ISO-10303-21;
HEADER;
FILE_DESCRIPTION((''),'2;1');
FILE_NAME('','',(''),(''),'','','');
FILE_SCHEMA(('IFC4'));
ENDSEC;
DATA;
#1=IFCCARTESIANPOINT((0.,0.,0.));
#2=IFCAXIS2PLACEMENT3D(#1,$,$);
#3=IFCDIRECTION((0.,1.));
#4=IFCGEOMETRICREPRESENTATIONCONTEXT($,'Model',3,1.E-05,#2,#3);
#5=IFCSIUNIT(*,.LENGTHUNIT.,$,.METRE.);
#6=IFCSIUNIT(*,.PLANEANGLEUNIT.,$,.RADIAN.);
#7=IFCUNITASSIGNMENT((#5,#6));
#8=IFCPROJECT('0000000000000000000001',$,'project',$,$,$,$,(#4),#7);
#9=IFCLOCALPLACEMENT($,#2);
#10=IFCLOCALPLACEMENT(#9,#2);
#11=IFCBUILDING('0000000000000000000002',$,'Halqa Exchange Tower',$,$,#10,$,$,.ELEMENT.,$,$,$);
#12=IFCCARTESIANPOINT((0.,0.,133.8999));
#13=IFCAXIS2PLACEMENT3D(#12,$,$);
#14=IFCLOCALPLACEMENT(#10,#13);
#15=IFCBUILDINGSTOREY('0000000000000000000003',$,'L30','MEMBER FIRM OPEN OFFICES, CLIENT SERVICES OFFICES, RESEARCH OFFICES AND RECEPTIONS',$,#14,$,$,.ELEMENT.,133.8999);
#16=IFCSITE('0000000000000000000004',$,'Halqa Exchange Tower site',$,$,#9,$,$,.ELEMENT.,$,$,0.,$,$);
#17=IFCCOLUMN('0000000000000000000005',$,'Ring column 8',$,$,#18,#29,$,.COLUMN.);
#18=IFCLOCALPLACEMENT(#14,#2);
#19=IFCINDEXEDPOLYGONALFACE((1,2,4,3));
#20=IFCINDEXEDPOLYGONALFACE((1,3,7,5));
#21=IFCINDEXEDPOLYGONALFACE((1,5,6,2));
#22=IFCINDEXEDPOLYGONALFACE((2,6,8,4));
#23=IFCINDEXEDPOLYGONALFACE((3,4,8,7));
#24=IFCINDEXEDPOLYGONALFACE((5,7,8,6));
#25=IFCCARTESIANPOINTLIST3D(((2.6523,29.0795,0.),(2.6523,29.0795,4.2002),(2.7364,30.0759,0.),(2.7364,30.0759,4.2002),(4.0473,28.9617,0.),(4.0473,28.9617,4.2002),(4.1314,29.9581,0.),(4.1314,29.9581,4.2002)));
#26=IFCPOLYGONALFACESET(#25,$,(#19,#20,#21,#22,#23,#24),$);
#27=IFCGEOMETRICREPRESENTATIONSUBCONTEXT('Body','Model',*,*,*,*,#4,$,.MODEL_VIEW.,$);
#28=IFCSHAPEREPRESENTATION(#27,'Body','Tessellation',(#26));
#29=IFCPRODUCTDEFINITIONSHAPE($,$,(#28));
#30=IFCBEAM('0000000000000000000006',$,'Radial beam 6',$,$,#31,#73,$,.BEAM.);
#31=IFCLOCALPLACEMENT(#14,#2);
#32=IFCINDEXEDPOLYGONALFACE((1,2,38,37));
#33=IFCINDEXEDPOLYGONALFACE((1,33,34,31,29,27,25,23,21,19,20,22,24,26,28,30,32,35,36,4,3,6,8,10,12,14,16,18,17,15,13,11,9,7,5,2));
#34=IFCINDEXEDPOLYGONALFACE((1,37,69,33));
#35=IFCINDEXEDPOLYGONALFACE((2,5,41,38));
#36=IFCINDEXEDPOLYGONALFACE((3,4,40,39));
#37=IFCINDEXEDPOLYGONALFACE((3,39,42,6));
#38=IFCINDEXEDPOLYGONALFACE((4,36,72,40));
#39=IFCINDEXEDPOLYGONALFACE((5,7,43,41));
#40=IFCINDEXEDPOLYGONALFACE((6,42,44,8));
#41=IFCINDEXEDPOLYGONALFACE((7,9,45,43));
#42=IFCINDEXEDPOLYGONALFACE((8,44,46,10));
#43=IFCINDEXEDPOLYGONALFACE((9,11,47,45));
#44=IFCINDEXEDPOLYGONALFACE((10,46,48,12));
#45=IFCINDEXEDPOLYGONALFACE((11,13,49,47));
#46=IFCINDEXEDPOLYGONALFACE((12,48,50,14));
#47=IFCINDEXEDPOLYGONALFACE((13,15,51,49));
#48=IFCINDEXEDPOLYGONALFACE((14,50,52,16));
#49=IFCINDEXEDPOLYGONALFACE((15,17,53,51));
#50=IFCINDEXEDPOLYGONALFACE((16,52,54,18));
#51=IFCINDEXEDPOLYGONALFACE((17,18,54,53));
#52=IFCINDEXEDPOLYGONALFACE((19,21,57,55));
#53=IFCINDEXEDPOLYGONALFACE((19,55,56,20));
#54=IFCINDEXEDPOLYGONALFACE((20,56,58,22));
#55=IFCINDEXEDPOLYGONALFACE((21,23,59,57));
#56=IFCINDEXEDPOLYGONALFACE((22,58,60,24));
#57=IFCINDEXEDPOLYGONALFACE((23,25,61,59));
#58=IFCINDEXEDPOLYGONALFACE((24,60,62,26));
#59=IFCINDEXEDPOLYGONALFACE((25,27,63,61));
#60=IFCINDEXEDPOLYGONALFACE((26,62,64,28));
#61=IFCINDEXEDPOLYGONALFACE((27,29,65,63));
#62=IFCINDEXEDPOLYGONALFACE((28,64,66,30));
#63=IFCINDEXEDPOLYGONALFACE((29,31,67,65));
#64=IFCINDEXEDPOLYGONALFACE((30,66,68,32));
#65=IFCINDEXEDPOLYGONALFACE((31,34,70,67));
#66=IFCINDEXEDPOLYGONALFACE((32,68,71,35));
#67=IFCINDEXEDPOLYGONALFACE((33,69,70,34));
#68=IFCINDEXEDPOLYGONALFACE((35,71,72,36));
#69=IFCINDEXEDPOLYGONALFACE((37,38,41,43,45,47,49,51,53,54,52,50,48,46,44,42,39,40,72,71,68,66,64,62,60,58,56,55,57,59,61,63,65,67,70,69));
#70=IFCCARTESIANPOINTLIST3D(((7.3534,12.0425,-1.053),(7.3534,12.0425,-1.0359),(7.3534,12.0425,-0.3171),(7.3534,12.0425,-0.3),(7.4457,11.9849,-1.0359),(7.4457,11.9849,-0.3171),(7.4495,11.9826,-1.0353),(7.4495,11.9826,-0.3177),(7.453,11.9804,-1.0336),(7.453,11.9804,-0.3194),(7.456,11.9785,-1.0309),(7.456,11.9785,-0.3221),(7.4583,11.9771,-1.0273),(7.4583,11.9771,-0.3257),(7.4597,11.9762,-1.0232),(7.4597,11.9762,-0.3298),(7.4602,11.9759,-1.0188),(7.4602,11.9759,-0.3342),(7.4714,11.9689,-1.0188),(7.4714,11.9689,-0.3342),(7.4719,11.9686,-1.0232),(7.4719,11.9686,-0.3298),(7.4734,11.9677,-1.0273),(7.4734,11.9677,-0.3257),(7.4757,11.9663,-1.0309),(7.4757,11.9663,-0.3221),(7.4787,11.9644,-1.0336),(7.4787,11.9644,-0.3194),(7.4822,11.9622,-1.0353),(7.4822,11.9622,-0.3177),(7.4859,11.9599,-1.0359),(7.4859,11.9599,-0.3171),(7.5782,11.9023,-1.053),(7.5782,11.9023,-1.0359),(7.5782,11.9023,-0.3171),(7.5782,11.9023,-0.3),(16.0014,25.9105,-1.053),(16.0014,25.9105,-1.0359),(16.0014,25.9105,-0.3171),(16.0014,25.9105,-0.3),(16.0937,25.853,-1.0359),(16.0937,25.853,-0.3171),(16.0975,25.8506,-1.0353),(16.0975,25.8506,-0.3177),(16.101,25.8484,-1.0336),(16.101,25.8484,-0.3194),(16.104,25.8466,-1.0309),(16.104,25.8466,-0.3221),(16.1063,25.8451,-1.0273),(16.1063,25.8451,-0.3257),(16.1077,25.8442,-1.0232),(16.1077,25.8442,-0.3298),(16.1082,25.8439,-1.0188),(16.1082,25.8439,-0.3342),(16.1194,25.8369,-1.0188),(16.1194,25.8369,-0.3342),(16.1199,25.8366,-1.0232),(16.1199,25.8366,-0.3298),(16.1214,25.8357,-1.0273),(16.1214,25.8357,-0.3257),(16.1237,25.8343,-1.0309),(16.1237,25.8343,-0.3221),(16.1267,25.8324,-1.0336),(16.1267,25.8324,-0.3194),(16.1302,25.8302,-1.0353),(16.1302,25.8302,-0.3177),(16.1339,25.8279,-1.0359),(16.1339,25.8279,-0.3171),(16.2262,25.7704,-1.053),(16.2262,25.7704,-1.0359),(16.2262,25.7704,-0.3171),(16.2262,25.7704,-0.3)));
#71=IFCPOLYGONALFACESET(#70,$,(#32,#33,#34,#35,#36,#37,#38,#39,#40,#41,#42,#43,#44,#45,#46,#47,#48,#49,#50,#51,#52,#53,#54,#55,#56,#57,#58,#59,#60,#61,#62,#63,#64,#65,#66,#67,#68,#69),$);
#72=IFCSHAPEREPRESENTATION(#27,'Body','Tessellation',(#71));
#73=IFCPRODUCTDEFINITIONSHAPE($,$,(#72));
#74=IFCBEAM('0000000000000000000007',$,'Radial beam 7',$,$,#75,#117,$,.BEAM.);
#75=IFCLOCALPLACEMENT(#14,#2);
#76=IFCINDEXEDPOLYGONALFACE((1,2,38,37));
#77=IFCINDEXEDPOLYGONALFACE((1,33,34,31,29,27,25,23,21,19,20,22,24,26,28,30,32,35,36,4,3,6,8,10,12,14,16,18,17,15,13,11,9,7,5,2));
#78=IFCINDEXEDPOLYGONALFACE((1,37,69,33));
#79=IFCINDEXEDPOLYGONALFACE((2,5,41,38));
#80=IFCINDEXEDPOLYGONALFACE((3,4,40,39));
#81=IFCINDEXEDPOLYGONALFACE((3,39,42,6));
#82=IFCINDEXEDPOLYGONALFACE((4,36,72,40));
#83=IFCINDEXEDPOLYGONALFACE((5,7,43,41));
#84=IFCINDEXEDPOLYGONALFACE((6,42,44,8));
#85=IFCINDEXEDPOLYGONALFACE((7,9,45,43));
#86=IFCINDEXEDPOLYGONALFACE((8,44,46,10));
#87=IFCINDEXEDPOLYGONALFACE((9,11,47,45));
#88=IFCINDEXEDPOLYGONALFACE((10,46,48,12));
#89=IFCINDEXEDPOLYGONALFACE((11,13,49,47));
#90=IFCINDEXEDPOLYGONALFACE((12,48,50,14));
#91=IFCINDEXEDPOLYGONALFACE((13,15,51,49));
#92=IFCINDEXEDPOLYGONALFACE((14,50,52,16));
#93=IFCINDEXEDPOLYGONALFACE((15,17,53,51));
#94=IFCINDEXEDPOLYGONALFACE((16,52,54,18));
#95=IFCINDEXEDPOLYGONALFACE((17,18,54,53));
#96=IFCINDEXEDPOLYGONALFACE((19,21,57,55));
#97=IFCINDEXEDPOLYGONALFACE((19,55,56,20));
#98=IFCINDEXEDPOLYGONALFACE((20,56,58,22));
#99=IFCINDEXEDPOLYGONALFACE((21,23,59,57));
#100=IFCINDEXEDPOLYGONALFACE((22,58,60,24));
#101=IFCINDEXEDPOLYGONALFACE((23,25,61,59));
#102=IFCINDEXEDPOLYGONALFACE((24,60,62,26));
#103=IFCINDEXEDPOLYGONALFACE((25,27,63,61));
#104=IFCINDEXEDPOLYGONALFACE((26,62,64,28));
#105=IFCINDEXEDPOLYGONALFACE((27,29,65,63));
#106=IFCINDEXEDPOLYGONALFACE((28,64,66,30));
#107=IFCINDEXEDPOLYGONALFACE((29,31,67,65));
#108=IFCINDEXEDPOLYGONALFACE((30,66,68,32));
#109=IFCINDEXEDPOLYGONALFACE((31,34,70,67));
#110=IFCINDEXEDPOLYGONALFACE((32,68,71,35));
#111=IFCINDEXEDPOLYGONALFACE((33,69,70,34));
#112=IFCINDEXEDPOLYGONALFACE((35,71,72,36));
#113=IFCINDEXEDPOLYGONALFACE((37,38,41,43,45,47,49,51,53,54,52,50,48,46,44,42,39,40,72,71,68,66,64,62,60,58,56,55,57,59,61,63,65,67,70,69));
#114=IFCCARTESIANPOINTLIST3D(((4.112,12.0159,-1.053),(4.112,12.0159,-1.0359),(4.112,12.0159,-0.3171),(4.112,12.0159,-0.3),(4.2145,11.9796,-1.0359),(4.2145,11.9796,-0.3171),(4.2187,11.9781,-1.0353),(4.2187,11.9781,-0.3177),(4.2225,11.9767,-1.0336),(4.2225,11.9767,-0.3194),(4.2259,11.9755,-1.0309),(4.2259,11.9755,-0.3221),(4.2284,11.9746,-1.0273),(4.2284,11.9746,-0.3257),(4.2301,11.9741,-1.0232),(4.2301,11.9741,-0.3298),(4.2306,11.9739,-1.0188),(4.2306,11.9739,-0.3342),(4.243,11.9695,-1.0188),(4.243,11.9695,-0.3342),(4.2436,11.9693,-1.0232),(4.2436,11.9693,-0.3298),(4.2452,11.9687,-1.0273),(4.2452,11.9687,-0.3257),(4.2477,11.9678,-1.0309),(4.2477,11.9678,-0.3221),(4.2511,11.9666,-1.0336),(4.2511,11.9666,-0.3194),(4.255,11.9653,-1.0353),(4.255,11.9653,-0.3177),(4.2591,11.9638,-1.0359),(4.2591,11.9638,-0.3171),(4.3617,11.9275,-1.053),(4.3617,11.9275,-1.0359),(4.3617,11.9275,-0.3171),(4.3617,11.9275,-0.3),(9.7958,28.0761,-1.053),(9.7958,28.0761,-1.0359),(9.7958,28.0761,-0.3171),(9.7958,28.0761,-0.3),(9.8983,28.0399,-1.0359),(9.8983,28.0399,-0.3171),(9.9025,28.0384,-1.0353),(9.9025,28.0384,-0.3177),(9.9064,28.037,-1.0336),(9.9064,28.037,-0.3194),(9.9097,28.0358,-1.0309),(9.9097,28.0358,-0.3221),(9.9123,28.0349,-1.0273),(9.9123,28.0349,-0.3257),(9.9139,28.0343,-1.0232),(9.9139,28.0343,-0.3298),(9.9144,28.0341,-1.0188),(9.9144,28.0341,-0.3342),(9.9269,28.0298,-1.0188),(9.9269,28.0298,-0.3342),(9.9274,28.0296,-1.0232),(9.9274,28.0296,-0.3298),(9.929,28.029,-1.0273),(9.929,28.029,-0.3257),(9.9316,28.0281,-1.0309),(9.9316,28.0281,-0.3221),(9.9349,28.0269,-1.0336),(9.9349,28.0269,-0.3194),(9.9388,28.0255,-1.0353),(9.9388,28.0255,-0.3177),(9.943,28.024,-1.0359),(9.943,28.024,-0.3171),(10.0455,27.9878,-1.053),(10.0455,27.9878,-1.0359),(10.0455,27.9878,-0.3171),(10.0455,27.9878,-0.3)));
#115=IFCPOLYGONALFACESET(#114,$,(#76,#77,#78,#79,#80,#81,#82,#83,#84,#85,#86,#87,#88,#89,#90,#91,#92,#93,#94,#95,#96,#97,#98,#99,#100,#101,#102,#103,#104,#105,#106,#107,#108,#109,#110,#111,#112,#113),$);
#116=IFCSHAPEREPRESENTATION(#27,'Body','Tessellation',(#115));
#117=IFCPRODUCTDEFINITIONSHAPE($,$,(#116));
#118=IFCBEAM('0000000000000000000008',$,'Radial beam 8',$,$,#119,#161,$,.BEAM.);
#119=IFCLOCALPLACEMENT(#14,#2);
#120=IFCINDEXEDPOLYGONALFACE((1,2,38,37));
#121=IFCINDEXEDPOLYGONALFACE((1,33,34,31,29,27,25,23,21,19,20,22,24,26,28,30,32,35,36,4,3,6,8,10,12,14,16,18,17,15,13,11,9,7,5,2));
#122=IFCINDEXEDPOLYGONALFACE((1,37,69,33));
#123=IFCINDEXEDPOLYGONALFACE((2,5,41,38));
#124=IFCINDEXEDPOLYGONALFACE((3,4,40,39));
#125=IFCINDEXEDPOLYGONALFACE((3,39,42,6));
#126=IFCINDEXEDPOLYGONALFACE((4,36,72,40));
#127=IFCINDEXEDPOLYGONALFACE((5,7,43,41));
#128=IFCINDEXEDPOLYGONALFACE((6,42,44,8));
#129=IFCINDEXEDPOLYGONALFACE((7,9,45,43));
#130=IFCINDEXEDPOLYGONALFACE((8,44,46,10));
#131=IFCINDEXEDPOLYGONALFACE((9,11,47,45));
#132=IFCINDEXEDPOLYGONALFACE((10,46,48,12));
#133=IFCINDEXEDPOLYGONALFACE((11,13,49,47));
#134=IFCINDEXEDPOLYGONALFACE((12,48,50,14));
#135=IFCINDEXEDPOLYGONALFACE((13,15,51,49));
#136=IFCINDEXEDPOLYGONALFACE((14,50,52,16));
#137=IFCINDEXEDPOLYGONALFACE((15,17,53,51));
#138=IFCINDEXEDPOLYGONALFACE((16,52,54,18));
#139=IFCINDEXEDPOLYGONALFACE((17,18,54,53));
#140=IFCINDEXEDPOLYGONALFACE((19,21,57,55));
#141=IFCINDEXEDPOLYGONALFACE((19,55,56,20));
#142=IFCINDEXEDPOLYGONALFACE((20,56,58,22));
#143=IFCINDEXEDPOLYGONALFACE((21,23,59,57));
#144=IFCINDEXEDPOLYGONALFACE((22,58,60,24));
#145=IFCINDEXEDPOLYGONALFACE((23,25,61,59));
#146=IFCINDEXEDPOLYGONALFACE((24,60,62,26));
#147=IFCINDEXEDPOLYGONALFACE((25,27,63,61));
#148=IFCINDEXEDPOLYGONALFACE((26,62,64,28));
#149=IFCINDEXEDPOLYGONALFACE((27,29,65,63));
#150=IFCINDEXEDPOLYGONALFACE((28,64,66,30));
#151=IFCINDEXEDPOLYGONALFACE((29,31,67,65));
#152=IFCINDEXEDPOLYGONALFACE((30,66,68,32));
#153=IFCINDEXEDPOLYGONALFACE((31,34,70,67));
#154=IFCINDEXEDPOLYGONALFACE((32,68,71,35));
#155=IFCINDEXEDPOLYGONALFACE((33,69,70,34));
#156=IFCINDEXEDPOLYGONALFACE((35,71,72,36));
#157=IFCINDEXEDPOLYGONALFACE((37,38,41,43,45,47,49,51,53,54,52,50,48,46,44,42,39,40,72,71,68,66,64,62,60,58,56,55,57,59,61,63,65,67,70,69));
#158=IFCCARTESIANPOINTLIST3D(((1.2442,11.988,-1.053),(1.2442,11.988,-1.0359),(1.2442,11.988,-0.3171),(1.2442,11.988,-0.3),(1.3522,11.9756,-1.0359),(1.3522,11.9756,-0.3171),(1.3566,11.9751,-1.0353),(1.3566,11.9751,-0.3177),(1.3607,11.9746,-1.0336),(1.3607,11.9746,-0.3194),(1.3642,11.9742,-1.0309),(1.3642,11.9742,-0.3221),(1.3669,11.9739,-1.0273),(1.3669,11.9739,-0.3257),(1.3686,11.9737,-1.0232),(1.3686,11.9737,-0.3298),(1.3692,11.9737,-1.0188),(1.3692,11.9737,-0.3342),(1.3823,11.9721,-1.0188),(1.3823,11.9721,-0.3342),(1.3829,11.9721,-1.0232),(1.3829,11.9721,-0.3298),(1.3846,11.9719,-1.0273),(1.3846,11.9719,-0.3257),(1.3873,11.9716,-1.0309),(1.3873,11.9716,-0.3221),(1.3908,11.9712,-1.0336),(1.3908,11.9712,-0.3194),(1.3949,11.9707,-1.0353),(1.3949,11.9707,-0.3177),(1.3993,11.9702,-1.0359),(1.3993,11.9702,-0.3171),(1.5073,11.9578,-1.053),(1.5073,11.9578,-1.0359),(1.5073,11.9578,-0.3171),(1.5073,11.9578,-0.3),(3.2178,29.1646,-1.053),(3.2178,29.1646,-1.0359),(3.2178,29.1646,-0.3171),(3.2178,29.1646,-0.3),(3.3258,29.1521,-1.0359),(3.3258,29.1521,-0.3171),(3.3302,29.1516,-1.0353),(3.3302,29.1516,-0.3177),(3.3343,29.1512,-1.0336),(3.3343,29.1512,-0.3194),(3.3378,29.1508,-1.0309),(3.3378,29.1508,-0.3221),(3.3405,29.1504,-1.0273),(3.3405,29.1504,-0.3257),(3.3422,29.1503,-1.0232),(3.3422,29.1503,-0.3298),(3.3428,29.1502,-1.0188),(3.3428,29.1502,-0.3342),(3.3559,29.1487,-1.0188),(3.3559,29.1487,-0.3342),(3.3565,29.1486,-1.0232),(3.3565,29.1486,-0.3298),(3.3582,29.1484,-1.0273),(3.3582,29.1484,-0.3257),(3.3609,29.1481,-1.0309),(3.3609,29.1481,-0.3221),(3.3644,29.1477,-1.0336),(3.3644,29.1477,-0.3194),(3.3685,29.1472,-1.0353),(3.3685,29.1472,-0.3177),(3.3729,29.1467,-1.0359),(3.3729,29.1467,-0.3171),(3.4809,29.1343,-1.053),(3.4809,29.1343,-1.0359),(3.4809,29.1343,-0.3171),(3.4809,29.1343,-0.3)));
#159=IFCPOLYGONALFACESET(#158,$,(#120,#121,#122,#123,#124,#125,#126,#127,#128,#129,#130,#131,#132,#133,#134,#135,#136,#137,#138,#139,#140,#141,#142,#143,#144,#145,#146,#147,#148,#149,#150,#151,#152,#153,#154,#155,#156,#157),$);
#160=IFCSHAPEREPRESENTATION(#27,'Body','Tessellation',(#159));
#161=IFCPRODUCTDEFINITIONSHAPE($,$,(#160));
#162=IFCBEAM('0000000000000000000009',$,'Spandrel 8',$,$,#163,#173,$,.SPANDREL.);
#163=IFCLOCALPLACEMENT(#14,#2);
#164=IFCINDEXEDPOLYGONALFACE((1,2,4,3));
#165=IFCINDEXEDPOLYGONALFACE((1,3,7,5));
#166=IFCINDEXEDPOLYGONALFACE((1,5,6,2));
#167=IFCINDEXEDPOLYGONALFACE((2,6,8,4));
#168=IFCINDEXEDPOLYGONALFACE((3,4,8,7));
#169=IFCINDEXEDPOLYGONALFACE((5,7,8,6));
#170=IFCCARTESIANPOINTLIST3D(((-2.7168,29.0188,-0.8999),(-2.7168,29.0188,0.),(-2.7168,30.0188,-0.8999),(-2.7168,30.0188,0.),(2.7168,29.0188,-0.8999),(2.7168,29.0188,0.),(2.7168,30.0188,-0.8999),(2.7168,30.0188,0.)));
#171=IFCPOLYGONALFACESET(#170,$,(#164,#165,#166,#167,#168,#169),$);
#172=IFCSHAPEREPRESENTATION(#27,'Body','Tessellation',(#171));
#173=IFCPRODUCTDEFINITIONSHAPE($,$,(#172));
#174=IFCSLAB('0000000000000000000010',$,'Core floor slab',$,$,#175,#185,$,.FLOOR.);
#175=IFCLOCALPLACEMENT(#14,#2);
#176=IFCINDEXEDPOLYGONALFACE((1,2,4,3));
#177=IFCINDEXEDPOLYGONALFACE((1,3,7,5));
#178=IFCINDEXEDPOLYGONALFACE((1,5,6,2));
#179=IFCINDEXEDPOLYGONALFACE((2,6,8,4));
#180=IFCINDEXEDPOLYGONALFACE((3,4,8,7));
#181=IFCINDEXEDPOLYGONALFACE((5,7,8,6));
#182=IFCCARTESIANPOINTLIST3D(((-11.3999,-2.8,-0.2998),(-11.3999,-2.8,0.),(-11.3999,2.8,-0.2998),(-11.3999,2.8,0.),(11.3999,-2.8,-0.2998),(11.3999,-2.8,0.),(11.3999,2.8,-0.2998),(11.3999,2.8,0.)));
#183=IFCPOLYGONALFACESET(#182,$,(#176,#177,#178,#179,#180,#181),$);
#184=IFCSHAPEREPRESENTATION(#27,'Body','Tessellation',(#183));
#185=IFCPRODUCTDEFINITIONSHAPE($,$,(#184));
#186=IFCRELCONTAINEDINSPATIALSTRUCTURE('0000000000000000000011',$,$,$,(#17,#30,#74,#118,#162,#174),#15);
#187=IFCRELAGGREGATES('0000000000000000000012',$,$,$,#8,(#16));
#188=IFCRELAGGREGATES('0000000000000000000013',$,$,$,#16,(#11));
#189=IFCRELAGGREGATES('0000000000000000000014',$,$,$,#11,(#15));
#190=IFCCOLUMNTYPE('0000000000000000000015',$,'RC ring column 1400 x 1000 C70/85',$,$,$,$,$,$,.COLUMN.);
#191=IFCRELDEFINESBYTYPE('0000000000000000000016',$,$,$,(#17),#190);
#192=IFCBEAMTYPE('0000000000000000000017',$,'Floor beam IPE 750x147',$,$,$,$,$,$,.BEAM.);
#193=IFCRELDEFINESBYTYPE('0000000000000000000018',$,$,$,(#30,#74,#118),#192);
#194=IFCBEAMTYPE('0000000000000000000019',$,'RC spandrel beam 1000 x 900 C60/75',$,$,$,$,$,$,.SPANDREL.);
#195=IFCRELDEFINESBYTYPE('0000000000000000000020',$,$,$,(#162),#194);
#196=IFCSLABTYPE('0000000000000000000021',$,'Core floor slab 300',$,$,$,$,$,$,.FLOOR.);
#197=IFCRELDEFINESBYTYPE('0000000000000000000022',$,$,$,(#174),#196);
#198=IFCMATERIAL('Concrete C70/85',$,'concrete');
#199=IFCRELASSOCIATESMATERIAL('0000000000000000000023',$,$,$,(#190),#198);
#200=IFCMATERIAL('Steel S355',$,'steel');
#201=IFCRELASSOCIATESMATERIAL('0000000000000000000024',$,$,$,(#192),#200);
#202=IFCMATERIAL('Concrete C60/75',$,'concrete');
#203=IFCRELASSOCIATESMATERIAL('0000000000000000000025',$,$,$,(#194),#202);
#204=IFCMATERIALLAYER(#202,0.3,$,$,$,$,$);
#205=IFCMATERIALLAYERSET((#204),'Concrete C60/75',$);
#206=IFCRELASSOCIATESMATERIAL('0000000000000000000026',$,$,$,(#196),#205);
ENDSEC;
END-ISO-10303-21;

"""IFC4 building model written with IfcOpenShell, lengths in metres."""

from ifc_helpers import new_model, si_unit, direction, frame, origin, origin_2d, place, context, subcontext, project, spatial, polyline, rectangle, i_section, outline, extrude, material, layer, layer_set, material_profile, profile_set, type_object, element, save


model = new_model("IFC4")

# Units and contexts
model_context = context("Model", 3, precision=1e-05, world=origin(), true_north=direction((0.0, 1.0)))
body_context = subcontext(model_context, "Body", "Model", "MODEL_VIEW")
ifc_project = project(units=[si_unit("LENGTHUNIT", "METRE"), si_unit("PLANEANGLEUNIT", "RADIAN")], contexts=[model_context])

# Site, building, storey
site_placement = place(None, origin())
site = spatial("IfcSite", under=ifc_project, at=site_placement, Name="Halqa Exchange Tower site", CompositionType="ELEMENT", RefElevation=0.0)
building_placement = place(site_placement, origin())
building = spatial("IfcBuilding", under=site, at=building_placement, Name="Halqa Exchange Tower", CompositionType="ELEMENT")
storey_placement = place(building_placement, frame((0.0, 0.0, 133.8999)))
storey = spatial("IfcBuildingStorey", under=building, at=storey_placement, Name="L30", Description="MEMBER FIRM OPEN OFFICES, CLIENT SERVICES OFFICES, RESEARCH OFFICES AND RECEPTIONS", CompositionType="ELEMENT", Elevation=133.8999)

# Column
ifc_material_1 = material(Name="Concrete C70/85", Category="concrete")
ifc_material_profile_1 = material_profile(ifc_material_1, rectangle(XDim=1.3999, YDim=1.0, at=origin_2d()), Name="1400 x 1000")
ifc_profile_set_1 = profile_set([ifc_material_profile_1], Name="Concrete C70/85")
column_type = type_object("IfcColumnType", Name="RC ring column 1400 x 1000 C70/85", PredefinedType="COLUMN", material=ifc_profile_set_1)
column_placement = place(storey_placement, frame((3.3918, 29.5188, 0.0), z_axis=(0.0, 0.0, 1.0), x_axis=(-0.996455, 0.084123, 0.0)))
element("IfcColumn", 1, at=column_placement, inside=storey, type_object=column_type, Name="Ring column 8", PredefinedType="COLUMN", context=body_context, shape_type="SweptSolid", body=[
    extrude(rectangle(XDim=1.3999, YDim=1.0, at=origin_2d()), origin(), (0.0, 0.0, 1.0), 4.2002),
])

# Beams
ifc_material_2 = material(Name="Steel S355", Category="steel")
ifc_material_profile_2 = material_profile(ifc_material_2, i_section(OverallWidth=0.2649, OverallDepth=0.7529, WebThickness=0.0132, FlangeThickness=0.0171, FilletRadius=0.0171, at=origin_2d()), Name="IPE 750x147")
ifc_profile_set_2 = profile_set([ifc_material_profile_2], Name="Steel S355")
beam_type_1 = type_object("IfcBeamType", Name="Floor beam IPE 750x147", PredefinedType="BEAM", material=ifc_profile_set_2)
beam_1_placement = place(storey_placement, frame((7.4658, 11.9724, -0.6765), z_axis=(0.529141, 0.848534, 0.0), x_axis=(-0.848534, 0.529141, 0.0)))
element("IfcBeam", 2, at=beam_1_placement, inside=storey, type_object=beam_type_1, Name="Radial beam 6", PredefinedType="BEAM", context=body_context, shape_type="SweptSolid", body=[
    extrude(i_section(OverallWidth=0.2649, OverallDepth=0.7529, WebThickness=0.0132, FlangeThickness=0.0171, FilletRadius=0.0171, at=origin_2d()), origin(), (0.0, 0.0, 1.0), 16.3435),
])
beam_2_placement = place(storey_placement, frame((4.2368, 11.9717, -0.6765), z_axis=(0.333629, 0.942705, 0.0), x_axis=(-0.942705, 0.333629, 0.0)))
element("IfcBeam", 3, at=beam_2_placement, inside=storey, type_object=beam_type_1, Name="Radial beam 7", PredefinedType="BEAM", context=body_context, shape_type="SweptSolid", body=[
    extrude(i_section(OverallWidth=0.2649, OverallDepth=0.7529, WebThickness=0.0132, FlangeThickness=0.0171, FilletRadius=0.0171, at=origin_2d()), origin(), (0.0, 0.0, 1.0), 17.0364),
])
beam_3_placement = place(storey_placement, frame((1.3757, 11.9729, -0.6765), z_axis=(0.114152, 0.993463, 0.0), x_axis=(-0.993463, 0.114152, 0.0)))
element("IfcBeam", 4, at=beam_3_placement, inside=storey, type_object=beam_type_1, Name="Radial beam 8", PredefinedType="BEAM", context=body_context, shape_type="SweptSolid", body=[
    extrude(i_section(OverallWidth=0.2649, OverallDepth=0.7529, WebThickness=0.0132, FlangeThickness=0.0171, FilletRadius=0.0171, at=origin_2d()), origin(), (0.0, 0.0, 1.0), 17.2896),
])
ifc_material_3 = material(Name="Concrete C60/75", Category="concrete")
ifc_material_profile_3 = material_profile(ifc_material_3, rectangle(XDim=1.0, YDim=0.8999, at=origin_2d()), Name="1000 x 900")
ifc_profile_set_3 = profile_set([ifc_material_profile_3], Name="Concrete C60/75")
beam_type_2 = type_object("IfcBeamType", Name="RC spandrel beam 1000 x 900 C60/75", PredefinedType="SPANDREL", material=ifc_profile_set_3)
beam_4_placement = place(storey_placement, frame((2.7168, 29.5188, -0.45), z_axis=(-1.0, 0.0, 0.0), x_axis=(0.0, -1.0, 0.0)))
element("IfcBeam", 5, at=beam_4_placement, inside=storey, type_object=beam_type_2, Name="Spandrel 8", PredefinedType="SPANDREL", context=body_context, shape_type="SweptSolid", body=[
    extrude(rectangle(XDim=1.0, YDim=0.8999, at=origin_2d()), origin(), (0.0, 0.0, 1.0), 5.4336),
])

# Slab
ifc_layer_1 = layer(ifc_material_3, 0.3)
ifc_layer_set_1 = layer_set([ifc_layer_1], Name="Concrete C60/75")
slab_type_1 = type_object("IfcSlabType", Name="Core floor slab 300", PredefinedType="FLOOR", material=ifc_layer_set_1)
slab_1_placement = place(storey_placement, frame((0.0, 0.0, -0.2998)))
element("IfcSlab", 6, at=slab_1_placement, inside=storey, type_object=slab_type_1, Name="Core floor slab", PredefinedType="FLOOR", context=body_context, shape_type="SweptSolid", body=[
    extrude(outline(polyline([(-11.3999, 2.8), (11.3999, 2.8), (11.3999, -2.8), (-11.3999, -2.8), (-11.3999, 2.8)])), origin(), (0.0, 0.0, 1.0), 0.2998),
])

save(model, "model.ifc")
